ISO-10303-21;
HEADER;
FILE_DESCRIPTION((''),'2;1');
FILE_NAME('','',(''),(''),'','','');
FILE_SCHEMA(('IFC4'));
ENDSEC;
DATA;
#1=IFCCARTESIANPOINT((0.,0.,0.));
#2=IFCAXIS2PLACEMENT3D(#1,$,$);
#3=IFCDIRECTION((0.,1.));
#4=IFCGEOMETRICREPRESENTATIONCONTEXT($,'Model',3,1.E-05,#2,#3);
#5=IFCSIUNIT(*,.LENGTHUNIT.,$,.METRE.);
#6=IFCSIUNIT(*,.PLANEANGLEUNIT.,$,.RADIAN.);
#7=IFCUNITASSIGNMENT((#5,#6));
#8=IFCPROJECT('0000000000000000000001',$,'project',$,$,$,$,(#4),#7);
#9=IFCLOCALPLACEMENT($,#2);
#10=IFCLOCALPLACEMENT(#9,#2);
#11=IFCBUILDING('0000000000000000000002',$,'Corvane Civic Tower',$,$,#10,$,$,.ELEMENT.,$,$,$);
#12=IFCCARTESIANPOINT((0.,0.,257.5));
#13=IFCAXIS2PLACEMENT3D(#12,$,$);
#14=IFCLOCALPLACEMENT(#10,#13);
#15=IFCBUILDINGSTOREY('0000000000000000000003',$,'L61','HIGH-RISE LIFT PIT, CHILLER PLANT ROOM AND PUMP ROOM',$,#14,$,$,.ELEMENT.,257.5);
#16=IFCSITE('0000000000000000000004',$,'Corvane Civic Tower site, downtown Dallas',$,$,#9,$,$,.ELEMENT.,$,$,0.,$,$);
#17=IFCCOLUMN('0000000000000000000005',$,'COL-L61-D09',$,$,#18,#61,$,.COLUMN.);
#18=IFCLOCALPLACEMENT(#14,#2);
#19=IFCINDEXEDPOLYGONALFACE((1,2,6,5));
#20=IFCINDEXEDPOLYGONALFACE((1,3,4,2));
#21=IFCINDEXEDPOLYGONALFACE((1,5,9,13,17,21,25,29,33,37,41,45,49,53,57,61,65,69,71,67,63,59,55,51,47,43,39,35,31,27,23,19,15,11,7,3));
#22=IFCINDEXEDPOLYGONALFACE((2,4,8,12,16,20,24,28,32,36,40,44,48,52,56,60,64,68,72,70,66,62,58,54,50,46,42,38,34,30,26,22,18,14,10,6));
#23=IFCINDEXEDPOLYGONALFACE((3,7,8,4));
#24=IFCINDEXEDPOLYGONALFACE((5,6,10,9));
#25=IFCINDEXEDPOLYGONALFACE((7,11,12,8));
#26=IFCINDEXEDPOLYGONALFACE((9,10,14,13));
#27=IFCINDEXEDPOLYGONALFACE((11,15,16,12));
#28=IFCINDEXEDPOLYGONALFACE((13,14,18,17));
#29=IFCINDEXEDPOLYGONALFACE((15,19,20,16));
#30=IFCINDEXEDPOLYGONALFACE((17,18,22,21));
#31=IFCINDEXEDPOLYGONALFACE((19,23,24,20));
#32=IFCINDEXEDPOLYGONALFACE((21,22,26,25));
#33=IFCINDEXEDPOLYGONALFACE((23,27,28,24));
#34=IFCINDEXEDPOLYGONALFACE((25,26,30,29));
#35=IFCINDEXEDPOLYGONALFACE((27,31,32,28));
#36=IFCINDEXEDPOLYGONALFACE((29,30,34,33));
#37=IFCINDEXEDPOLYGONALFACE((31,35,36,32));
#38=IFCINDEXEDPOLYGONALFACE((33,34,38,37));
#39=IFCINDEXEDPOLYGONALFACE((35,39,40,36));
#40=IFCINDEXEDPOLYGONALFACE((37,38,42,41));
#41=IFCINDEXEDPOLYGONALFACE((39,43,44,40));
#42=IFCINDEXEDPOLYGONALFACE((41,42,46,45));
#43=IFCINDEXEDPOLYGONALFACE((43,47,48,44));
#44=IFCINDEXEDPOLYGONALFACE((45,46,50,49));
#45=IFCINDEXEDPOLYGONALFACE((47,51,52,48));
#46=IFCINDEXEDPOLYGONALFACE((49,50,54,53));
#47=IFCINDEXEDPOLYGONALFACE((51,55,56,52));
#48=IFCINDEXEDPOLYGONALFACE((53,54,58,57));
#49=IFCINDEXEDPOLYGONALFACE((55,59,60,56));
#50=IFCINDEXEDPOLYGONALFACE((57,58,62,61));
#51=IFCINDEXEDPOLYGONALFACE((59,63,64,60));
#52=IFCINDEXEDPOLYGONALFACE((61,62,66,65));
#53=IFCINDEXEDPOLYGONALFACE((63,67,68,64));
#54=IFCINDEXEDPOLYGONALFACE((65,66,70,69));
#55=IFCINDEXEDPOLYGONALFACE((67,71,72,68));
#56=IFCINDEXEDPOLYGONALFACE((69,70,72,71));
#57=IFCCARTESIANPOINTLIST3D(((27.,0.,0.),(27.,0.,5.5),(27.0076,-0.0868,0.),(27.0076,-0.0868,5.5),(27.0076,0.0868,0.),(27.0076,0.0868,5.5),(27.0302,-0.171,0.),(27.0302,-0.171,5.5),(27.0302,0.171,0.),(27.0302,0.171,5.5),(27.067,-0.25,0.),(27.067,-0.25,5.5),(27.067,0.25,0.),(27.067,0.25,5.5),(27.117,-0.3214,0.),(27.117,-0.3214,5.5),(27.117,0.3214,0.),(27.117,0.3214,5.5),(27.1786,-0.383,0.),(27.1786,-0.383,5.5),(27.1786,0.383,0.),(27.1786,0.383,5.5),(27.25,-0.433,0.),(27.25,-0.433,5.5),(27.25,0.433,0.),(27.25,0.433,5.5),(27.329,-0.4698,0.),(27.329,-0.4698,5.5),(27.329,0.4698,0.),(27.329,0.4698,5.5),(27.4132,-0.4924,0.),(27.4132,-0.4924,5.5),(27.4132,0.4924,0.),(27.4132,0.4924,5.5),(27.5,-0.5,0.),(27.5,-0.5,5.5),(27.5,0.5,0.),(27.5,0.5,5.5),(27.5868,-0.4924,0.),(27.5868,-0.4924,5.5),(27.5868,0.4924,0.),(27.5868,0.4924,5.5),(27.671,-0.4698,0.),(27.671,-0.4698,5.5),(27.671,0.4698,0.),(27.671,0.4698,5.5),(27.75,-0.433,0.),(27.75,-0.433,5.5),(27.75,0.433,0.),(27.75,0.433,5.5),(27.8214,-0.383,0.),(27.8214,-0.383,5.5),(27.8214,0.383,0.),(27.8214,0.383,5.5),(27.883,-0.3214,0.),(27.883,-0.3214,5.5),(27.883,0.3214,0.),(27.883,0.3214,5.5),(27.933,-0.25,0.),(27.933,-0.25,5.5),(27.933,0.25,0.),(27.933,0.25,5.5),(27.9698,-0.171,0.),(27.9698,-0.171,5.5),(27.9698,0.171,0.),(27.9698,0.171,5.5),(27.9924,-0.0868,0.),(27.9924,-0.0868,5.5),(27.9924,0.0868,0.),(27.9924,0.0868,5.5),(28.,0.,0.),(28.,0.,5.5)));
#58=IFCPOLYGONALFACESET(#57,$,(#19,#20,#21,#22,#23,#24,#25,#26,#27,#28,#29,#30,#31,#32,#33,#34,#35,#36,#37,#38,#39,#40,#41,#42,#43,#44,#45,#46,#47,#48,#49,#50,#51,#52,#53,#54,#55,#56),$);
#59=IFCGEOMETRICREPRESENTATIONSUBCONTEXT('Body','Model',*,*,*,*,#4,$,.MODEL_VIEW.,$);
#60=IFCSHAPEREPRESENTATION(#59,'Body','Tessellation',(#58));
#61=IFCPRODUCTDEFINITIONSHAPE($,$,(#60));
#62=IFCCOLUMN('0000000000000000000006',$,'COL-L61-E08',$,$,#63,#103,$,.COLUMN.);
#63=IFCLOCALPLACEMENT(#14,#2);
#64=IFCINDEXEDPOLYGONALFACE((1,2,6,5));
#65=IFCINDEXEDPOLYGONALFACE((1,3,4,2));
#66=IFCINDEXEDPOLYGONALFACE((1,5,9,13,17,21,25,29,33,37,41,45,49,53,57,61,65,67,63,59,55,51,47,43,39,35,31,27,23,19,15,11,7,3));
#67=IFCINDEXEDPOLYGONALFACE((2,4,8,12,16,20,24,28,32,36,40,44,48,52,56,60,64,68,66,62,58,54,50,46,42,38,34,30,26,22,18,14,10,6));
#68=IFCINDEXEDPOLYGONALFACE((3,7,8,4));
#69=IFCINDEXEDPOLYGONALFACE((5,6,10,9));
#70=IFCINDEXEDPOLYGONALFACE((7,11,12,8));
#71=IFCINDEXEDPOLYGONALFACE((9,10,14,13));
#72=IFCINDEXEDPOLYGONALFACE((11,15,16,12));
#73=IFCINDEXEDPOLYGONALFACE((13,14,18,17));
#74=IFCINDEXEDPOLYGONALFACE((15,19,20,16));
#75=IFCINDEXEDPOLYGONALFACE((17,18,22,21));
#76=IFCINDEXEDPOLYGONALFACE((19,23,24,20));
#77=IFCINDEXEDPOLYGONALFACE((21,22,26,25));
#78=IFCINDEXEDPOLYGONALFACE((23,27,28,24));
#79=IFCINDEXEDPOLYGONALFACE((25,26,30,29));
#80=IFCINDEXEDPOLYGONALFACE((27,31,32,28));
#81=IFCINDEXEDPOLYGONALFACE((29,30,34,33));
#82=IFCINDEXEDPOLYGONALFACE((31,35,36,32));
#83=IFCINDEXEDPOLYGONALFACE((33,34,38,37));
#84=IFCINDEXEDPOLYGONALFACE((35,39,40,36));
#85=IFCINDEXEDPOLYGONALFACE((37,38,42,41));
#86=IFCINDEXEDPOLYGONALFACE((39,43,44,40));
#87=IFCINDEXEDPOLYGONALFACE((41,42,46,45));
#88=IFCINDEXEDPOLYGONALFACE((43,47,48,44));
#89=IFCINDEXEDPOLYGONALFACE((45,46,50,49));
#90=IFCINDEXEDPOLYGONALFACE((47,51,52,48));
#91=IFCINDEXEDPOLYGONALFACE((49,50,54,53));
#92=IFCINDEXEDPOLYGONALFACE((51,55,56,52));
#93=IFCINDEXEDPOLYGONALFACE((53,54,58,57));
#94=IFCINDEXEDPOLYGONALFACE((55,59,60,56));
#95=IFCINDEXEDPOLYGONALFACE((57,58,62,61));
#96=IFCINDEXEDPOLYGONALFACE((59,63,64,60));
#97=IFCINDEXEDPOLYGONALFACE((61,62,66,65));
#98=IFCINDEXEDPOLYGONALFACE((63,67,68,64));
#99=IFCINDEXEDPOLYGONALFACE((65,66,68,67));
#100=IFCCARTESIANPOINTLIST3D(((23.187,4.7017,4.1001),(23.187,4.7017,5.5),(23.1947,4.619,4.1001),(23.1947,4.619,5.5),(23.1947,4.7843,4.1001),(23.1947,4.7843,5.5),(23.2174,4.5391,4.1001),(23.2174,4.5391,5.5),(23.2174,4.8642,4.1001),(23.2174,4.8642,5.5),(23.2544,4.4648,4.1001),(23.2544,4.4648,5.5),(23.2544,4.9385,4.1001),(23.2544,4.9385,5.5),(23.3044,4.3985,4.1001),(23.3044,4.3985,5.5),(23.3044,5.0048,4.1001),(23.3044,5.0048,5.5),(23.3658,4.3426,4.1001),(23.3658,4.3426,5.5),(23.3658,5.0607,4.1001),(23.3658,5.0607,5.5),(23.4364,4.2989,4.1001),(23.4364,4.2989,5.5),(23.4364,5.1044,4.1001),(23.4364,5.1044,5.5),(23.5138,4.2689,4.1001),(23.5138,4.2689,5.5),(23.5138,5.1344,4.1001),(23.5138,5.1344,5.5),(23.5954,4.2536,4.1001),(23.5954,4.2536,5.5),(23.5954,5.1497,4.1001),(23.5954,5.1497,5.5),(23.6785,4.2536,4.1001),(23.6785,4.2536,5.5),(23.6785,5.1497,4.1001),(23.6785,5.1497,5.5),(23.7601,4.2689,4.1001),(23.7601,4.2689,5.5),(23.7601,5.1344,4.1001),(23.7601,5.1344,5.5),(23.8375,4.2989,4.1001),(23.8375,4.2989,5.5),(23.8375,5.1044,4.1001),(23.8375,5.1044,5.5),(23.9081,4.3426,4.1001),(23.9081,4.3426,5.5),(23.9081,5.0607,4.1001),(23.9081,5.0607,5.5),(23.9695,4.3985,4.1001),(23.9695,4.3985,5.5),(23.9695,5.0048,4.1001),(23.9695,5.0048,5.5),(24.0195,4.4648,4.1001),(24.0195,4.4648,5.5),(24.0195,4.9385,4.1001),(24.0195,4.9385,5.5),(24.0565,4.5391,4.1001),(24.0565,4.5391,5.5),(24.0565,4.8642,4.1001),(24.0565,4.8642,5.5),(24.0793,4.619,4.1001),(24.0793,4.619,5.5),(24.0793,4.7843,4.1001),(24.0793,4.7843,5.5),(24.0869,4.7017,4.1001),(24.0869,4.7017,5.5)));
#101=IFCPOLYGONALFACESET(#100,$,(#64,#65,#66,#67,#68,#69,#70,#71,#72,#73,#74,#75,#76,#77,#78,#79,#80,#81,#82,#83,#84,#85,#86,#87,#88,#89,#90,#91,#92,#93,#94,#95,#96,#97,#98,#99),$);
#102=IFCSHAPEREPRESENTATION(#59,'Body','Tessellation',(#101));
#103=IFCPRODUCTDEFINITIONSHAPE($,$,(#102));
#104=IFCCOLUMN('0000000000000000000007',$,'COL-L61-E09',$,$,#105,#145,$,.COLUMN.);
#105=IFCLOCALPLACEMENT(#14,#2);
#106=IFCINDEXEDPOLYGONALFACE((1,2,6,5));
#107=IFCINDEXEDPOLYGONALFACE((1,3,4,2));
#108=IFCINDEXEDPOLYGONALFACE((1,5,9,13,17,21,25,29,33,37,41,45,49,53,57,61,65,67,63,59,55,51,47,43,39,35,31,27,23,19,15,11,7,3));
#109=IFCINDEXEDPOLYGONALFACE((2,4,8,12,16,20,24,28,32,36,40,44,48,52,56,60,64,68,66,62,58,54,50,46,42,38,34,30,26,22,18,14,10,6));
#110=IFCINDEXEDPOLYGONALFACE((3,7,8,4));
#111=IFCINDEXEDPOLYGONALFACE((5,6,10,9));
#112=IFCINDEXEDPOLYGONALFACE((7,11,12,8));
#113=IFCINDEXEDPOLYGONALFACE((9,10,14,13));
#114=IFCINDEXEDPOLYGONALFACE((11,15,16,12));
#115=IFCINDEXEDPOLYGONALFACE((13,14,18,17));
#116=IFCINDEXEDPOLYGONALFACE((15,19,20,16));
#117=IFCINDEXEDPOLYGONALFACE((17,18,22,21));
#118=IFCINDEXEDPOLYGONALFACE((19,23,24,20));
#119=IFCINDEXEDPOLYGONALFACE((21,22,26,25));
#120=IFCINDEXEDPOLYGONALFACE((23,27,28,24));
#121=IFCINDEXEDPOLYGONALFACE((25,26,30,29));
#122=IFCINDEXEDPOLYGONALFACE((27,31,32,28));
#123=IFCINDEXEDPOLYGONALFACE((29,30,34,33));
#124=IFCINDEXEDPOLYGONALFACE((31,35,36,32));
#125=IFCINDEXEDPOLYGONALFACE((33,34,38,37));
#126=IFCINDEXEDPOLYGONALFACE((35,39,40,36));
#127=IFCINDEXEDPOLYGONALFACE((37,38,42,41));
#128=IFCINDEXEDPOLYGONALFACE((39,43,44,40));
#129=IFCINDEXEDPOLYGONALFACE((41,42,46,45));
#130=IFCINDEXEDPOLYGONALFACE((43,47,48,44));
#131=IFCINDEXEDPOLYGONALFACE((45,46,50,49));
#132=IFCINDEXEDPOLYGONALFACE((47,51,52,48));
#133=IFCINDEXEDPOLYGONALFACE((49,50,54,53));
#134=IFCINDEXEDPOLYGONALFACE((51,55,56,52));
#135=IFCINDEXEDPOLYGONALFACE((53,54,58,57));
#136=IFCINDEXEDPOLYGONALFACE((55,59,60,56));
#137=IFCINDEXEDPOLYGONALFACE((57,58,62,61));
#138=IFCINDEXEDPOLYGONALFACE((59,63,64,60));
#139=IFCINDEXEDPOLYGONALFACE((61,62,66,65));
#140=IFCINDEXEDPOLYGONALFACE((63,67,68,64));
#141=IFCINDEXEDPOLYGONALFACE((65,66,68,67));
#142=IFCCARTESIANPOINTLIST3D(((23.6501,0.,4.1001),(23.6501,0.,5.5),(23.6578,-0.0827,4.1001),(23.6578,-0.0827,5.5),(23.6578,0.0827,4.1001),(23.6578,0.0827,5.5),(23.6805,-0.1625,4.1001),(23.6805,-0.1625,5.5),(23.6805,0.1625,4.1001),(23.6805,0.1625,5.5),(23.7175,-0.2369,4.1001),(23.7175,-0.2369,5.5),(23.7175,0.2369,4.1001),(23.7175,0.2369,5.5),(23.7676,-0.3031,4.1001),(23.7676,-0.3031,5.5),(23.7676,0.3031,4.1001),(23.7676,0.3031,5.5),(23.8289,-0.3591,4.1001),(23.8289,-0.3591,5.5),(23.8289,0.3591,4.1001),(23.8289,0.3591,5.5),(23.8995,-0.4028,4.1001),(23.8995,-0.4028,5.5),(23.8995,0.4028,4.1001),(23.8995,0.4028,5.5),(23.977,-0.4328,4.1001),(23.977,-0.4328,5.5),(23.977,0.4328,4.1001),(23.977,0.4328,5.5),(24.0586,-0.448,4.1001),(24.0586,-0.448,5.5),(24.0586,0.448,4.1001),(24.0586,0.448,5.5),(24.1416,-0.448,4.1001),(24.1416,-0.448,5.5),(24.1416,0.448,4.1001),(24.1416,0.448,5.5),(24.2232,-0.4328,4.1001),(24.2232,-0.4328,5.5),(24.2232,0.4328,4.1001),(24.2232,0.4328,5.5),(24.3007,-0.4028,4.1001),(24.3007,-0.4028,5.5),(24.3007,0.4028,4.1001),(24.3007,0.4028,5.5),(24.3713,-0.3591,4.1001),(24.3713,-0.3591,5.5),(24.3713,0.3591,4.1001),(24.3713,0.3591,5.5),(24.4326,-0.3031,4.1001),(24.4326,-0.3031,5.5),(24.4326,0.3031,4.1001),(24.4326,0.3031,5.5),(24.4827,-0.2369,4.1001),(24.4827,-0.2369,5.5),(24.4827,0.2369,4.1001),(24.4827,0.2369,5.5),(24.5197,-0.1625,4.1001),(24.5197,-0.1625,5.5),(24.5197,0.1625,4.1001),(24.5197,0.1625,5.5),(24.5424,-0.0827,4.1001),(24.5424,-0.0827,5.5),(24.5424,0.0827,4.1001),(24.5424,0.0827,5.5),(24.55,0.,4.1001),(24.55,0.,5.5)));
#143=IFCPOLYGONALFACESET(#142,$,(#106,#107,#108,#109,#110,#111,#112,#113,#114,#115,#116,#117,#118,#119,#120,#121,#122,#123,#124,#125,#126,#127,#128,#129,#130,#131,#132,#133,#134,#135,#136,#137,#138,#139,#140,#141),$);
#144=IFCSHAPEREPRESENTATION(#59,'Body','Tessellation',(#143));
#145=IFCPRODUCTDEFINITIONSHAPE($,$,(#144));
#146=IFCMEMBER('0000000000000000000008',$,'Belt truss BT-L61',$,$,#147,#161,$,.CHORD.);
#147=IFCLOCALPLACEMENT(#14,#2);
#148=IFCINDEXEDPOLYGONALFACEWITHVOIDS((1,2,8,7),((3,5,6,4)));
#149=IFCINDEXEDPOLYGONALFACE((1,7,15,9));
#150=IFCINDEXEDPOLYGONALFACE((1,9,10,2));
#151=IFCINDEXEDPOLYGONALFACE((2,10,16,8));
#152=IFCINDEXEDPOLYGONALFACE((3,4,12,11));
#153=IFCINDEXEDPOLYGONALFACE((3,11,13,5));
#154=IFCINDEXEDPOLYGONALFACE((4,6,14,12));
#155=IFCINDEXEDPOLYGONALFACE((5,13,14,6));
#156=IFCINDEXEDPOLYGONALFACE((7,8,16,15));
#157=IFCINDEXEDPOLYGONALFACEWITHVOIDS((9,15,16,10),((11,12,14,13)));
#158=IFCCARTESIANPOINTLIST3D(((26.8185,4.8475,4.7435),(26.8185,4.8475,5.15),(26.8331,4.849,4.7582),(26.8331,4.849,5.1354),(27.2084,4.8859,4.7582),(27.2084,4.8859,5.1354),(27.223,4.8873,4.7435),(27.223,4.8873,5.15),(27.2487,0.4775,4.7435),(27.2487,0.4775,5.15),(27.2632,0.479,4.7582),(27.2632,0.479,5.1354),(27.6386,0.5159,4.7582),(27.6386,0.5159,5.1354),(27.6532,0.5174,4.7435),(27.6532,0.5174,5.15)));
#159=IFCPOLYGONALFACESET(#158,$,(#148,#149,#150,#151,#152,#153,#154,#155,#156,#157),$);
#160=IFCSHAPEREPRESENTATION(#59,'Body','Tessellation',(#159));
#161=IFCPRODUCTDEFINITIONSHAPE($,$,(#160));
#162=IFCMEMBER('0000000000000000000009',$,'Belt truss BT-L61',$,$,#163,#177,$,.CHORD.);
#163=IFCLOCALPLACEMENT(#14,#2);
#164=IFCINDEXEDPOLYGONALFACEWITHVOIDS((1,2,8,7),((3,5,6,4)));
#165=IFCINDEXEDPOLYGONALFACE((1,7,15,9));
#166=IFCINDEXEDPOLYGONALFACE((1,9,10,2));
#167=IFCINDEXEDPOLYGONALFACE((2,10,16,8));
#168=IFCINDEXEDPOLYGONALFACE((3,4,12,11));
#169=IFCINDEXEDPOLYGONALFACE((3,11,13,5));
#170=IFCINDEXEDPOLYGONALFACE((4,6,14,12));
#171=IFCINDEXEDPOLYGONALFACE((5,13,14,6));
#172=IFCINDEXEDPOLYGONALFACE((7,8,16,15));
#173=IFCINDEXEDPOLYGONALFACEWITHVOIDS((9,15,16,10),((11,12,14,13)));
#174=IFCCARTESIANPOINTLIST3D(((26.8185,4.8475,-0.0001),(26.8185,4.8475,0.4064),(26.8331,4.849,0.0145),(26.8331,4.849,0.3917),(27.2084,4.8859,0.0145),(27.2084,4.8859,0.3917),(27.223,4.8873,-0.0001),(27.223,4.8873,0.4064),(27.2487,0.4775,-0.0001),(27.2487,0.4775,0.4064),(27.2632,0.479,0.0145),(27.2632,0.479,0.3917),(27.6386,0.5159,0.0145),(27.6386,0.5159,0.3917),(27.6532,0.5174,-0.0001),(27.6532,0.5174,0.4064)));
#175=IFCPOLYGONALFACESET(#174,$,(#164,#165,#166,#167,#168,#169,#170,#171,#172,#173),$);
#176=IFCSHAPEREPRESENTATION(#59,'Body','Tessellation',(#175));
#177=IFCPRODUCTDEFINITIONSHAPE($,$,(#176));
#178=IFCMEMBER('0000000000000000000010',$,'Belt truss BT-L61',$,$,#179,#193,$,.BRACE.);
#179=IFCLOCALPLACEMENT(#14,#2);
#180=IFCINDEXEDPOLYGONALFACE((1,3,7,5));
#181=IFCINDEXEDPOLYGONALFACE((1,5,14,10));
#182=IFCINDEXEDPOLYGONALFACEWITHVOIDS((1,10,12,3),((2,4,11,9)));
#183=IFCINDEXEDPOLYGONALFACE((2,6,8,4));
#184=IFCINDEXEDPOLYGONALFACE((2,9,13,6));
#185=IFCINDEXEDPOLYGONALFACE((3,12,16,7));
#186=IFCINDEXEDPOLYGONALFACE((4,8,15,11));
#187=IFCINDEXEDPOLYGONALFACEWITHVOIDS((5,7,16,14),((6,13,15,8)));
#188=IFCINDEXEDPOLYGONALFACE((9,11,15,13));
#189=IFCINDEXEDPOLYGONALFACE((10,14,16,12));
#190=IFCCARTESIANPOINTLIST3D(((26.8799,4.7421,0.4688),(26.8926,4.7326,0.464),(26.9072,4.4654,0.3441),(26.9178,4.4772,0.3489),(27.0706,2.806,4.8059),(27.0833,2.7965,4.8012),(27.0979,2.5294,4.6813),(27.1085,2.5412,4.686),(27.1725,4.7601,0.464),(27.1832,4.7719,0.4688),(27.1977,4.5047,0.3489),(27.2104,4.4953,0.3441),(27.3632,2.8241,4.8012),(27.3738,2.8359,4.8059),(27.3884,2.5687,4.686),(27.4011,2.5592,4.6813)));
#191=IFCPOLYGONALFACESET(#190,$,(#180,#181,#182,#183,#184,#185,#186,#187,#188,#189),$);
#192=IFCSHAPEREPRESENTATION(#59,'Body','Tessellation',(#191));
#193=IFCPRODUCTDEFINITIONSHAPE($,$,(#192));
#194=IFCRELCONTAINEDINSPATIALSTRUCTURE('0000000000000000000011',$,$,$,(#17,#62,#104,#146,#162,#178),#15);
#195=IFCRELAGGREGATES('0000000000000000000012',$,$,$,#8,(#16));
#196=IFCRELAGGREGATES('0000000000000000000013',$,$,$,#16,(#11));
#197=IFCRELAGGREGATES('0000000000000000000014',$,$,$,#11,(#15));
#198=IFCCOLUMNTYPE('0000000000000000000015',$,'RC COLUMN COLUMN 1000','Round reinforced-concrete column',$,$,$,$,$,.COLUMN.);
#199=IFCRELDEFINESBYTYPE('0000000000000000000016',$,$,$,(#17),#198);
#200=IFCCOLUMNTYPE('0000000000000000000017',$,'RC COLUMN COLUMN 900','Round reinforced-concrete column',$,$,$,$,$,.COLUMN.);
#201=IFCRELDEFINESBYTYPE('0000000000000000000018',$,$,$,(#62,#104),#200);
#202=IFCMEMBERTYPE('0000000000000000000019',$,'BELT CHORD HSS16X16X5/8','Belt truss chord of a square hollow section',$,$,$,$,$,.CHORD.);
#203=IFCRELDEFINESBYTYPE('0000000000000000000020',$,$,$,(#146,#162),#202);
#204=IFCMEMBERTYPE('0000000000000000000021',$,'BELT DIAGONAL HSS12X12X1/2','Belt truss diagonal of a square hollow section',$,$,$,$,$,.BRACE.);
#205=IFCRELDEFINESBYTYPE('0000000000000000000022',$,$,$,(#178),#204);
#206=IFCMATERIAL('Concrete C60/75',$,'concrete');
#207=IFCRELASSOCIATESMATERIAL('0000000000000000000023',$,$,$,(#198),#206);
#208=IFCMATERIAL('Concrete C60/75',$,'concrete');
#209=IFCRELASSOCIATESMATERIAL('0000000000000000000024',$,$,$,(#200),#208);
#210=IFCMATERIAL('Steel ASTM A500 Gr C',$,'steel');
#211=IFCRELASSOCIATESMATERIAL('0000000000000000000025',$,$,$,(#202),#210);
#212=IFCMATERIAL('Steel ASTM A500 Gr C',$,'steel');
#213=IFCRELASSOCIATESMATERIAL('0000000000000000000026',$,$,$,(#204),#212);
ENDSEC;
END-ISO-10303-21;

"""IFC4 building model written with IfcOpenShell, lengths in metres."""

from ifc_helpers import new_model, si_unit, direction, frame, origin, origin_2d, place, context, subcontext, project, spatial, hollow_rectangle, circle, extrude, material, material_profile, profile_set, type_object, element, save


model = new_model("IFC4")

# Units and contexts
model_context = context("Model", 3, precision=1e-05, world=origin(), true_north=direction((0.0, 1.0)))
body_context = subcontext(model_context, "Body", "Model", "MODEL_VIEW")
ifc_project = project(units=[si_unit("LENGTHUNIT", "METRE"), si_unit("PLANEANGLEUNIT", "RADIAN")], contexts=[model_context])

# Site, building, storey
site_placement = place(None, origin())
site = spatial("IfcSite", under=ifc_project, at=site_placement, Name="Corvane Civic Tower site, downtown Dallas", CompositionType="ELEMENT", RefElevation=0.0)
building_placement = place(site_placement, origin())
building = spatial("IfcBuilding", under=site, at=building_placement, Name="Corvane Civic Tower", CompositionType="ELEMENT")
storey_placement = place(building_placement, frame((0.0, 0.0, 257.5)))
storey = spatial("IfcBuildingStorey", under=building, at=storey_placement, Name="L61", Description="HIGH-RISE LIFT PIT, CHILLER PLANT ROOM AND PUMP ROOM", CompositionType="ELEMENT", Elevation=257.5)

# Columns
ifc_material_1 = material(Name="Concrete C60/75", Category="concrete")
ifc_material_profile_1 = material_profile(ifc_material_1, circle(Radius=0.5, at=origin_2d()), Name="COLUMN 1000")
ifc_profile_set_1 = profile_set([ifc_material_profile_1], Name="Concrete C60/75")
column_type_1 = type_object("IfcColumnType", Name="RC COLUMN COLUMN 1000", Description="Round reinforced-concrete column", PredefinedType="COLUMN", material=ifc_profile_set_1)
column_placement = place(storey_placement, frame((27.5, 0.0, 0.0), z_axis=(0.0, 0.0, 1.0), x_axis=(1.0, 0.0, 0.0)))
element("IfcColumn", 1, at=column_placement, inside=storey, type_object=column_type_1, Name="COL-L61-D09", PredefinedType="COLUMN", context=body_context, shape_type="SweptSolid", body=[
    extrude(circle(Radius=0.5, at=origin_2d()), origin(), (0.0, 0.0, 1.0), 5.5),
])
ifc_material_2 = material(Name="Concrete C60/75", Category="concrete")
ifc_material_profile_2 = material_profile(ifc_material_2, circle(Radius=0.45, at=origin_2d()), Name="COLUMN 900")
ifc_profile_set_2 = profile_set([ifc_material_profile_2], Name="Concrete C60/75")
column_type_2 = type_object("IfcColumnType", Name="RC COLUMN COLUMN 900", Description="Round reinforced-concrete column", PredefinedType="COLUMN", material=ifc_profile_set_2)
for number, where, z_axis, x_axis, name in (
    (2, (23.637, 4.7017, 4.1001), (0.0, 0.0, 1.0), (1.0, 0.0, 0.0), "COL-L61-E08"),
    (3, (24.1001, 0.0, 4.1001), (0.0, 0.0, 1.0), (1.0, 0.0, 0.0), "COL-L61-E09"),
):
    element("IfcColumn", number, at=place(storey_placement, frame(where, z_axis=z_axis, x_axis=x_axis)), inside=storey, type_object=column_type_2, Name=name, PredefinedType="COLUMN", context=body_context, shape_type="SweptSolid", body=[
        extrude(circle(Radius=0.45, at=origin_2d()), origin(), (0.0, 0.0, 1.0), 1.3999),
    ])

# Members
ifc_material_3 = material(Name="Steel ASTM A500 Gr C", Category="steel")
ifc_material_profile_3 = material_profile(ifc_material_3, hollow_rectangle(XDim=0.4065, YDim=0.4065, WallThickness=0.0146, at=origin_2d()), Name="HSS16X16X5/8")
ifc_profile_set_3 = profile_set([ifc_material_profile_3], Name="Steel ASTM A500 Gr C")
member_type_1 = type_object("IfcMemberType", Name="BELT CHORD HSS16X16X5/8", Description="Belt truss chord of a square hollow section", PredefinedType="CHORD", material=ifc_profile_set_3)
for number, where, z_axis, x_axis, name in (
    (4, (27.0208, 4.8674, 4.9468), (0.097968, -0.99519, 0.0), (0.99519, 0.097968, 0.0), "Belt truss BT-L61"),
    (5, (27.0208, 4.8674, 0.2031), (0.097968, -0.99519, 0.0), (0.99519, 0.097968, 0.0), "Belt truss BT-L61"),
):
    element("IfcMember", number, at=place(storey_placement, frame(where, z_axis=z_axis, x_axis=x_axis)), inside=storey, type_object=member_type_1, Name=name, PredefinedType="CHORD", context=body_context, shape_type="SweptSolid", body=[
        extrude(hollow_rectangle(XDim=0.4065, YDim=0.4065, WallThickness=0.0146, at=origin_2d()), origin(), (0.0, 0.0, 1.0), 4.3911),
    ])
ifc_material_4 = material(Name="Steel ASTM A500 Gr C", Category="steel")
ifc_material_profile_4 = material_profile(ifc_material_4, hollow_rectangle(XDim=0.3047, YDim=0.3047, WallThickness=0.0117, at=origin_2d()), Name="HSS12X12X1/2")
ifc_profile_set_4 = profile_set([ifc_material_profile_4], Name="Steel ASTM A500 Gr C")
member_type_2 = type_object("IfcMemberType", Name="BELT DIAGONAL HSS12X12X1/2", Description="Belt truss diagonal of a square hollow section", PredefinedType="BRACE", material=ifc_profile_set_4)
member_1_placement = place(storey_placement, frame((27.0452, 4.6187, 0.4065), z_axis=(0.040113, -0.407288, 0.912418), x_axis=(0.995185, 0.098013, 0.0)))
element("IfcMember", 6, at=member_1_placement, inside=storey, type_object=member_type_2, Name="Belt truss BT-L61", PredefinedType="BRACE", context=body_context, shape_type="SweptSolid", body=[
    extrude(hollow_rectangle(XDim=0.3047, YDim=0.3047, WallThickness=0.0117, at=origin_2d()), origin(), (0.0, 0.0, 1.0), 4.7534),
])

save(model, "model.ifc")
